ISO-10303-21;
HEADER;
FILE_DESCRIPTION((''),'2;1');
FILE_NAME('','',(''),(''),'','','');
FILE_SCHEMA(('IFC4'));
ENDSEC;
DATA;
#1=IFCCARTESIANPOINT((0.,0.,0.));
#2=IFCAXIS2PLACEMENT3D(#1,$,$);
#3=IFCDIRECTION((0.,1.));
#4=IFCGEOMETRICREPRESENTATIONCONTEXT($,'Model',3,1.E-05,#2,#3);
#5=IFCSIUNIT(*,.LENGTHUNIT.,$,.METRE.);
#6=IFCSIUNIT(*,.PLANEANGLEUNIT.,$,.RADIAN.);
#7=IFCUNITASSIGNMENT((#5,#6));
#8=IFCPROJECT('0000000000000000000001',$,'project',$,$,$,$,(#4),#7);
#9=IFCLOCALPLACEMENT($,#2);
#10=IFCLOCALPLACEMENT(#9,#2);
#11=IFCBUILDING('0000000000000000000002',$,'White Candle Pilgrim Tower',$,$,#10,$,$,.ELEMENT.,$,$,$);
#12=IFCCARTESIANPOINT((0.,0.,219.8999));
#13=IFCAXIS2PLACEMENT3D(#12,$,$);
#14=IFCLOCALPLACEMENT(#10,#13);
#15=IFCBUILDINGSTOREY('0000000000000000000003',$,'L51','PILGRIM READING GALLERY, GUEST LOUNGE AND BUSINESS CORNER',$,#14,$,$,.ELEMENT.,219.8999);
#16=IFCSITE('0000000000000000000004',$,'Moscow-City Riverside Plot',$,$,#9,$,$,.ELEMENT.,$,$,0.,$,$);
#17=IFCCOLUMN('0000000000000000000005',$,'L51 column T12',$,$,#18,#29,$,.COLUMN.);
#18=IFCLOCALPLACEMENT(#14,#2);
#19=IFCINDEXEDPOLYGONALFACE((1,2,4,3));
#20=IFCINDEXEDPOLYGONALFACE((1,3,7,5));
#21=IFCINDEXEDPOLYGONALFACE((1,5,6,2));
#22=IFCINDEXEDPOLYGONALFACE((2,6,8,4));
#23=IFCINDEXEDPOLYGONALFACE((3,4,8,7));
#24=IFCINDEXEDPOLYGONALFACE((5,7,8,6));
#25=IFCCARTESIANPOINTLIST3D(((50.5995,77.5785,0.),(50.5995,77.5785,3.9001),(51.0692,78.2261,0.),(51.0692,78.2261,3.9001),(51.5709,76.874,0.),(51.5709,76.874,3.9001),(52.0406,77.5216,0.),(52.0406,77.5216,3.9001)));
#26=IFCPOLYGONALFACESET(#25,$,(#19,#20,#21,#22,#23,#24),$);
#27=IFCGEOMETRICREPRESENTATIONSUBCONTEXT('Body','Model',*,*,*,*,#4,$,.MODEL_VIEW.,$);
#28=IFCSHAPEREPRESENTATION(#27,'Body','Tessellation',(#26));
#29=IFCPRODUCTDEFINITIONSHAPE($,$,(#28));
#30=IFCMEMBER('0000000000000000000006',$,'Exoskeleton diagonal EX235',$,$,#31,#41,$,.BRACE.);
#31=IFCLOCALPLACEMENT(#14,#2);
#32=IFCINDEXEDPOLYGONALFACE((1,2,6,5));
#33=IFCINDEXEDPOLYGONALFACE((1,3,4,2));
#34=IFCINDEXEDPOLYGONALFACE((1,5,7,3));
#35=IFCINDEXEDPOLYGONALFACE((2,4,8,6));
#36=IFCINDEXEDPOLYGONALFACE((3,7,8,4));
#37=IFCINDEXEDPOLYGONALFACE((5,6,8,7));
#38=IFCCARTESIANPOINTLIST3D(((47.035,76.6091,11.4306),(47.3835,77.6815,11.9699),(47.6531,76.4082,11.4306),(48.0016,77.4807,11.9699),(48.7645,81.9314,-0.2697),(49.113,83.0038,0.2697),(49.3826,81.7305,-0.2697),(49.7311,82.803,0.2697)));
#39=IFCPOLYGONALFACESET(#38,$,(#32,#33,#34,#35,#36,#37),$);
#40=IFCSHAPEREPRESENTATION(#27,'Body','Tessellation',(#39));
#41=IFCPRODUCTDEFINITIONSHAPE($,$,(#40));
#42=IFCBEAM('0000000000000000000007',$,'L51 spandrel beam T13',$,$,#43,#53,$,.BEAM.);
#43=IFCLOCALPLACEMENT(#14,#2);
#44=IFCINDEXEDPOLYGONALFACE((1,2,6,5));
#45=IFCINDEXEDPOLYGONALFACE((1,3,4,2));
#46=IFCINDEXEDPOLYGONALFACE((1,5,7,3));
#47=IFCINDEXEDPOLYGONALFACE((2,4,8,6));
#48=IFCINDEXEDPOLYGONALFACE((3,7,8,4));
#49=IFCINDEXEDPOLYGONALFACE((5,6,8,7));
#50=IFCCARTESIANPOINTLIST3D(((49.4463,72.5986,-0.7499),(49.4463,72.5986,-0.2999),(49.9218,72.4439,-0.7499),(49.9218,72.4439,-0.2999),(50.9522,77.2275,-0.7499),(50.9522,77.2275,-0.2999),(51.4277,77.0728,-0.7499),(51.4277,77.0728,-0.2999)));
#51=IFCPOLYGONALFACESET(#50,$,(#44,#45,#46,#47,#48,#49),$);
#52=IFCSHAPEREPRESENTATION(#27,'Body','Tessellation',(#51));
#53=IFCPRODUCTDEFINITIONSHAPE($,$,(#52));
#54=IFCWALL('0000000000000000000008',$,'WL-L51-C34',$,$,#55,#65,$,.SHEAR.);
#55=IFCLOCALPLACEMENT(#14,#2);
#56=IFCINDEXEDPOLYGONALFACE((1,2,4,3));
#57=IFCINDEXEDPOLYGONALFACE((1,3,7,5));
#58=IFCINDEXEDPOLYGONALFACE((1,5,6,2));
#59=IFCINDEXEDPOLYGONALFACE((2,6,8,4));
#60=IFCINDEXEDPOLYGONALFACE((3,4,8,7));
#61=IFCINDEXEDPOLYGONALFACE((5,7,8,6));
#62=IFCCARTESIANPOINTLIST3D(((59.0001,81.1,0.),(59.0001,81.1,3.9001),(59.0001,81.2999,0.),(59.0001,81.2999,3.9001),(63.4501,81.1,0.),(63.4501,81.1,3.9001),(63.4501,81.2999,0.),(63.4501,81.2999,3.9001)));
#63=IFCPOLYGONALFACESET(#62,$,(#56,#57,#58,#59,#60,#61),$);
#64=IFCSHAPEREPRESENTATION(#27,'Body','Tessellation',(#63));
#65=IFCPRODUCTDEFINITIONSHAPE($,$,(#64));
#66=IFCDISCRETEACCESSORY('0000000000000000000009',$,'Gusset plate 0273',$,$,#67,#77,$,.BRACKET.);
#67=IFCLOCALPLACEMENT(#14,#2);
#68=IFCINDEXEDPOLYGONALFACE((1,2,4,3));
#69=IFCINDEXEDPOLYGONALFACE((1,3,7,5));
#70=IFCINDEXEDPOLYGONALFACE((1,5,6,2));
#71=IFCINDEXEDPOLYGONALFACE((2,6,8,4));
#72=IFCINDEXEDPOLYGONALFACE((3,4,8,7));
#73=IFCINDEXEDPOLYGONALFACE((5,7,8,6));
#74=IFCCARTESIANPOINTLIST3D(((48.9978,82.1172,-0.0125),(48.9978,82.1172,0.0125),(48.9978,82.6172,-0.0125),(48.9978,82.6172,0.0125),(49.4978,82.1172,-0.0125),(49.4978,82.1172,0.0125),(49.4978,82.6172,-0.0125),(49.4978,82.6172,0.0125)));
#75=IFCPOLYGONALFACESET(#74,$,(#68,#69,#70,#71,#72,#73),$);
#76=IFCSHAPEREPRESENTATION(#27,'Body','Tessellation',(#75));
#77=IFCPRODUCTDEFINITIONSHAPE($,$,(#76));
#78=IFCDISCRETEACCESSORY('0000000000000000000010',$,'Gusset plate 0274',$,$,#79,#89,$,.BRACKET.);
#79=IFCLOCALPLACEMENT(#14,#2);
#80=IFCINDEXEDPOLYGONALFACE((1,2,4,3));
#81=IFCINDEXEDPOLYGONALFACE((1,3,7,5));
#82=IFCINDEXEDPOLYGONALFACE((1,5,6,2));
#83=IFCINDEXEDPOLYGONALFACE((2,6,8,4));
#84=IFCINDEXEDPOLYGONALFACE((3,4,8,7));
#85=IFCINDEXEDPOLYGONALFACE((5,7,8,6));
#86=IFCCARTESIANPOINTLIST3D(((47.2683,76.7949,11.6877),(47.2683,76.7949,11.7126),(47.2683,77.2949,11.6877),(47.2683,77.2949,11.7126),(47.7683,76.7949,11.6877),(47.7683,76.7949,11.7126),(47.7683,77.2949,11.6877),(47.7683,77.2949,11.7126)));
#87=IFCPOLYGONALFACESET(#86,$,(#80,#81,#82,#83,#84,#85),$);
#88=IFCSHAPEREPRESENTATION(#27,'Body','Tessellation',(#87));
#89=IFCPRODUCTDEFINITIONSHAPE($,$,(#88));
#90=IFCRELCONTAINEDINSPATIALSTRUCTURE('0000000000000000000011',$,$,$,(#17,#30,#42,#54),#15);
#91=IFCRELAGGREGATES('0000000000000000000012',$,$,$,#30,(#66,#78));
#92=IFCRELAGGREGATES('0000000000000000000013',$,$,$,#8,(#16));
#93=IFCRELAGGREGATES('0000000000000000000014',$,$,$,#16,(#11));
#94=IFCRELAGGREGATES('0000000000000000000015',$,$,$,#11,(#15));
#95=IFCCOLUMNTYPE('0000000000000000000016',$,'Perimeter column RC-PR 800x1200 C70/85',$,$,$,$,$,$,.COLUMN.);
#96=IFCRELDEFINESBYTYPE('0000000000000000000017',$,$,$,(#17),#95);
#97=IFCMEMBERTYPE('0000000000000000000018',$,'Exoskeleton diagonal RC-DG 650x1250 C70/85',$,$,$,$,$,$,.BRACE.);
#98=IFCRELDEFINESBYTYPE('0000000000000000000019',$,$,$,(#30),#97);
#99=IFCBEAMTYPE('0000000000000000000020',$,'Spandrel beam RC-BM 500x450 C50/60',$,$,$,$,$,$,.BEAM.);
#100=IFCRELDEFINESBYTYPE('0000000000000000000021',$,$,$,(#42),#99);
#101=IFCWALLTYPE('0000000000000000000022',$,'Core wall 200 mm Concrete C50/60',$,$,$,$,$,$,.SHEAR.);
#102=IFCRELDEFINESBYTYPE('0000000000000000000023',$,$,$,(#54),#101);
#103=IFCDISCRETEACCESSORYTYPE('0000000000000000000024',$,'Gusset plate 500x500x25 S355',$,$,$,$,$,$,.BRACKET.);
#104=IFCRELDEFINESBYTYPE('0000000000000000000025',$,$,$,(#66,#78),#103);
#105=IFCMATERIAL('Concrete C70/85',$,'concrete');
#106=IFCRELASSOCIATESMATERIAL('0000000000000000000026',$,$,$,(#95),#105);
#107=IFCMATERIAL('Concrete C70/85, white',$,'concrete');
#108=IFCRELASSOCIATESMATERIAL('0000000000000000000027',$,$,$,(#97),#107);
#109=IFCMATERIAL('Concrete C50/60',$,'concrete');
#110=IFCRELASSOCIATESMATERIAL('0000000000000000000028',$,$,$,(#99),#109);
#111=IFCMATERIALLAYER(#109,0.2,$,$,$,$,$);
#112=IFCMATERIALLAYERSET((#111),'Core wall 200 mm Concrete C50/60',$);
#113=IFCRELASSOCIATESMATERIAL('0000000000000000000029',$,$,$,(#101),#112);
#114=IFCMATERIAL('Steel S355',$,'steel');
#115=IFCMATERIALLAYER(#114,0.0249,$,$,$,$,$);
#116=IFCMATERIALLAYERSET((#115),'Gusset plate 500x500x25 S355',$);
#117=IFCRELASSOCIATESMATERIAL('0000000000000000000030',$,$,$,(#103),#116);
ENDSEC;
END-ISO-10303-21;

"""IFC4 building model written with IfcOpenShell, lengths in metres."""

from ifc_helpers import new_model, si_unit, direction, frame, frame_2d, origin, origin_2d, place, context, subcontext, project, spatial, rectangle, extrude, material, layer, layer_set, material_profile, profile_set, type_object, element, aggregate, save


model = new_model("IFC4")

# Units and contexts
model_context = context("Model", 3, precision=1e-05, world=origin(), true_north=direction((0.0, 1.0)))
body_context = subcontext(model_context, "Body", "Model", "MODEL_VIEW")
ifc_project = project(units=[si_unit("LENGTHUNIT", "METRE"), si_unit("PLANEANGLEUNIT", "RADIAN")], contexts=[model_context])

# Site, building, storey
site_placement = place(None, origin())
site = spatial("IfcSite", under=ifc_project, at=site_placement, Name="Moscow-City Riverside Plot", CompositionType="ELEMENT", RefElevation=0.0)
building_placement = place(site_placement, origin())
building = spatial("IfcBuilding", under=site, at=building_placement, Name="White Candle Pilgrim Tower", CompositionType="ELEMENT")
storey_placement = place(building_placement, frame((0.0, 0.0, 219.8999)))
storey = spatial("IfcBuildingStorey", under=building, at=storey_placement, Name="L51", Description="PILGRIM READING GALLERY, GUEST LOUNGE AND BUSINESS CORNER", CompositionType="ELEMENT", Elevation=219.8999)

# Column
ifc_material_1 = material(Name="Concrete C70/85", Category="concrete")
ifc_material_profile_1 = material_profile(ifc_material_1, rectangle(XDim=0.8, YDim=1.2, at=origin_2d()), Name="RC-PR 800x1200")
ifc_profile_set_1 = profile_set([ifc_material_profile_1], Name="Concrete C70/85")
column_type = type_object("IfcColumnType", Name="Perimeter column RC-PR 800x1200 C70/85", PredefinedType="COLUMN", material=ifc_profile_set_1)
column_placement = place(storey_placement, frame((51.3201, 77.55, 0.0), z_axis=(0.0, 0.0, 1.0), x_axis=(0.587107, 0.809509, 0.0)))
element("IfcColumn", 1, at=column_placement, inside=storey, type_object=column_type, Name="L51 column T12", PredefinedType="COLUMN", context=body_context, shape_type="SweptSolid", body=[
    extrude(rectangle(XDim=0.8, YDim=1.2, at=origin_2d()), origin(), (0.0, 0.0, 1.0), 3.9001),
])

# Member
ifc_material_2 = material(Name="Concrete C70/85, white", Category="concrete")
ifc_material_profile_2 = material_profile(ifc_material_2, rectangle(XDim=0.6499, YDim=1.25, at=origin_2d()), Name="RC-DG 650x1250")
ifc_profile_set_2 = profile_set([ifc_material_profile_2], Name="Concrete C70/85, white")
member_type = type_object("IfcMemberType", Name="Exoskeleton diagonal RC-DG 650x1250 C70/85", PredefinedType="BRACE", material=ifc_profile_set_2)
member_placement = place(storey_placement, frame((49.2478, 82.3672, 0.0), z_axis=(-0.133349, -0.410363, 0.90212), x_axis=(0.951047, -0.309047, 0.0)))
member = element("IfcMember", 2, at=member_placement, inside=storey, type_object=member_type, Name="Exoskeleton diagonal EX235", PredefinedType="BRACE", context=body_context, shape_type="SweptSolid", body=[
    extrude(rectangle(XDim=0.6499, YDim=1.25, at=origin_2d()), origin(), (0.0, 0.0, 1.0), 12.9697),
])

# Beam
ifc_material_3 = material(Name="Concrete C50/60", Category="concrete")
ifc_material_profile_3 = material_profile(ifc_material_3, rectangle(XDim=0.5, YDim=0.45, at=origin_2d()), Name="RC-BM 500x450")
ifc_profile_set_3 = profile_set([ifc_material_profile_3], Name="Concrete C50/60")
beam_type = type_object("IfcBeamType", Name="Spandrel beam RC-BM 500x450 C50/60", PredefinedType="BEAM", material=ifc_profile_set_3)
beam_placement = place(storey_placement, frame((51.1899, 77.1501, -0.5249), z_axis=(-0.309358, -0.950946, 0.0), x_axis=(0.950946, -0.309358, 0.0)))
element("IfcBeam", 3, at=beam_placement, inside=storey, type_object=beam_type, Name="L51 spandrel beam T13", PredefinedType="BEAM", context=body_context, shape_type="SweptSolid", body=[
    extrude(rectangle(XDim=0.5, YDim=0.45, at=origin_2d()), origin(), (0.0, 0.0, 1.0), 4.8677),
])

# Wall
ifc_layer_1 = layer(ifc_material_3, 0.2)
ifc_layer_set_1 = layer_set([ifc_layer_1], Name="Core wall 200 mm Concrete C50/60")
wall_type_1 = type_object("IfcWallType", Name="Core wall 200 mm Concrete C50/60", PredefinedType="SHEAR", material=ifc_layer_set_1)
wall_1_placement = place(storey_placement, frame((59.0, 81.2, 0.0), z_axis=(0.0, 0.0, 1.0), x_axis=(1.0, 0.0, 0.0)))
element("IfcWall", 4, at=wall_1_placement, inside=storey, type_object=wall_type_1, Name="WL-L51-C34", PredefinedType="SHEAR", context=body_context, shape_type="SweptSolid", body=[
    extrude(rectangle(XDim=4.45, YDim=0.2, at=frame_2d((2.2251, 0.0))), origin(), (0.0, 0.0, 1.0), 3.9001),
])

# Discrete accessories
ifc_material_4 = material(Name="Steel S355", Category="steel")
ifc_layer_2 = layer(ifc_material_4, 0.0249)
ifc_layer_set_2 = layer_set([ifc_layer_2], Name="Gusset plate 500x500x25 S355")
discrete_accessory_type = type_object("IfcDiscreteAccessoryType", Name="Gusset plate 500x500x25 S355", PredefinedType="BRACKET", material=ifc_layer_set_2)
discrete_accessory_1_placement = place(storey_placement, frame((49.2478, 82.3672, -0.0125), z_axis=(0.0, 0.0, 1.0), x_axis=(1.0, 0.0, 0.0)))
discrete_accessory_1 = element("IfcDiscreteAccessory", 5, at=discrete_accessory_1_placement, type_object=discrete_accessory_type, Name="Gusset plate 0273", PredefinedType="BRACKET", context=body_context, shape_type="SweptSolid", body=[
    extrude(rectangle(XDim=0.5, YDim=0.5, at=origin_2d()), origin(), (0.0, 0.0, 1.0), 0.0249),
])
placement = place(building_placement, frame((0.0, 0.0, 231.6001)))
discrete_accessory_2_placement = place(placement, frame((47.5183, 77.0449, -0.0125), z_axis=(0.0, 0.0, 1.0), x_axis=(1.0, 0.0, 0.0)))
discrete_accessory_2 = element("IfcDiscreteAccessory", 6, at=discrete_accessory_2_placement, type_object=discrete_accessory_type, Name="Gusset plate 0274", PredefinedType="BRACKET", context=body_context, shape_type="SweptSolid", body=[
    extrude(rectangle(XDim=0.5, YDim=0.5, at=origin_2d()), origin(), (0.0, 0.0, 1.0), 0.0249),
])
aggregate(member, [discrete_accessory_1, discrete_accessory_2])

save(model, "model.ifc")
